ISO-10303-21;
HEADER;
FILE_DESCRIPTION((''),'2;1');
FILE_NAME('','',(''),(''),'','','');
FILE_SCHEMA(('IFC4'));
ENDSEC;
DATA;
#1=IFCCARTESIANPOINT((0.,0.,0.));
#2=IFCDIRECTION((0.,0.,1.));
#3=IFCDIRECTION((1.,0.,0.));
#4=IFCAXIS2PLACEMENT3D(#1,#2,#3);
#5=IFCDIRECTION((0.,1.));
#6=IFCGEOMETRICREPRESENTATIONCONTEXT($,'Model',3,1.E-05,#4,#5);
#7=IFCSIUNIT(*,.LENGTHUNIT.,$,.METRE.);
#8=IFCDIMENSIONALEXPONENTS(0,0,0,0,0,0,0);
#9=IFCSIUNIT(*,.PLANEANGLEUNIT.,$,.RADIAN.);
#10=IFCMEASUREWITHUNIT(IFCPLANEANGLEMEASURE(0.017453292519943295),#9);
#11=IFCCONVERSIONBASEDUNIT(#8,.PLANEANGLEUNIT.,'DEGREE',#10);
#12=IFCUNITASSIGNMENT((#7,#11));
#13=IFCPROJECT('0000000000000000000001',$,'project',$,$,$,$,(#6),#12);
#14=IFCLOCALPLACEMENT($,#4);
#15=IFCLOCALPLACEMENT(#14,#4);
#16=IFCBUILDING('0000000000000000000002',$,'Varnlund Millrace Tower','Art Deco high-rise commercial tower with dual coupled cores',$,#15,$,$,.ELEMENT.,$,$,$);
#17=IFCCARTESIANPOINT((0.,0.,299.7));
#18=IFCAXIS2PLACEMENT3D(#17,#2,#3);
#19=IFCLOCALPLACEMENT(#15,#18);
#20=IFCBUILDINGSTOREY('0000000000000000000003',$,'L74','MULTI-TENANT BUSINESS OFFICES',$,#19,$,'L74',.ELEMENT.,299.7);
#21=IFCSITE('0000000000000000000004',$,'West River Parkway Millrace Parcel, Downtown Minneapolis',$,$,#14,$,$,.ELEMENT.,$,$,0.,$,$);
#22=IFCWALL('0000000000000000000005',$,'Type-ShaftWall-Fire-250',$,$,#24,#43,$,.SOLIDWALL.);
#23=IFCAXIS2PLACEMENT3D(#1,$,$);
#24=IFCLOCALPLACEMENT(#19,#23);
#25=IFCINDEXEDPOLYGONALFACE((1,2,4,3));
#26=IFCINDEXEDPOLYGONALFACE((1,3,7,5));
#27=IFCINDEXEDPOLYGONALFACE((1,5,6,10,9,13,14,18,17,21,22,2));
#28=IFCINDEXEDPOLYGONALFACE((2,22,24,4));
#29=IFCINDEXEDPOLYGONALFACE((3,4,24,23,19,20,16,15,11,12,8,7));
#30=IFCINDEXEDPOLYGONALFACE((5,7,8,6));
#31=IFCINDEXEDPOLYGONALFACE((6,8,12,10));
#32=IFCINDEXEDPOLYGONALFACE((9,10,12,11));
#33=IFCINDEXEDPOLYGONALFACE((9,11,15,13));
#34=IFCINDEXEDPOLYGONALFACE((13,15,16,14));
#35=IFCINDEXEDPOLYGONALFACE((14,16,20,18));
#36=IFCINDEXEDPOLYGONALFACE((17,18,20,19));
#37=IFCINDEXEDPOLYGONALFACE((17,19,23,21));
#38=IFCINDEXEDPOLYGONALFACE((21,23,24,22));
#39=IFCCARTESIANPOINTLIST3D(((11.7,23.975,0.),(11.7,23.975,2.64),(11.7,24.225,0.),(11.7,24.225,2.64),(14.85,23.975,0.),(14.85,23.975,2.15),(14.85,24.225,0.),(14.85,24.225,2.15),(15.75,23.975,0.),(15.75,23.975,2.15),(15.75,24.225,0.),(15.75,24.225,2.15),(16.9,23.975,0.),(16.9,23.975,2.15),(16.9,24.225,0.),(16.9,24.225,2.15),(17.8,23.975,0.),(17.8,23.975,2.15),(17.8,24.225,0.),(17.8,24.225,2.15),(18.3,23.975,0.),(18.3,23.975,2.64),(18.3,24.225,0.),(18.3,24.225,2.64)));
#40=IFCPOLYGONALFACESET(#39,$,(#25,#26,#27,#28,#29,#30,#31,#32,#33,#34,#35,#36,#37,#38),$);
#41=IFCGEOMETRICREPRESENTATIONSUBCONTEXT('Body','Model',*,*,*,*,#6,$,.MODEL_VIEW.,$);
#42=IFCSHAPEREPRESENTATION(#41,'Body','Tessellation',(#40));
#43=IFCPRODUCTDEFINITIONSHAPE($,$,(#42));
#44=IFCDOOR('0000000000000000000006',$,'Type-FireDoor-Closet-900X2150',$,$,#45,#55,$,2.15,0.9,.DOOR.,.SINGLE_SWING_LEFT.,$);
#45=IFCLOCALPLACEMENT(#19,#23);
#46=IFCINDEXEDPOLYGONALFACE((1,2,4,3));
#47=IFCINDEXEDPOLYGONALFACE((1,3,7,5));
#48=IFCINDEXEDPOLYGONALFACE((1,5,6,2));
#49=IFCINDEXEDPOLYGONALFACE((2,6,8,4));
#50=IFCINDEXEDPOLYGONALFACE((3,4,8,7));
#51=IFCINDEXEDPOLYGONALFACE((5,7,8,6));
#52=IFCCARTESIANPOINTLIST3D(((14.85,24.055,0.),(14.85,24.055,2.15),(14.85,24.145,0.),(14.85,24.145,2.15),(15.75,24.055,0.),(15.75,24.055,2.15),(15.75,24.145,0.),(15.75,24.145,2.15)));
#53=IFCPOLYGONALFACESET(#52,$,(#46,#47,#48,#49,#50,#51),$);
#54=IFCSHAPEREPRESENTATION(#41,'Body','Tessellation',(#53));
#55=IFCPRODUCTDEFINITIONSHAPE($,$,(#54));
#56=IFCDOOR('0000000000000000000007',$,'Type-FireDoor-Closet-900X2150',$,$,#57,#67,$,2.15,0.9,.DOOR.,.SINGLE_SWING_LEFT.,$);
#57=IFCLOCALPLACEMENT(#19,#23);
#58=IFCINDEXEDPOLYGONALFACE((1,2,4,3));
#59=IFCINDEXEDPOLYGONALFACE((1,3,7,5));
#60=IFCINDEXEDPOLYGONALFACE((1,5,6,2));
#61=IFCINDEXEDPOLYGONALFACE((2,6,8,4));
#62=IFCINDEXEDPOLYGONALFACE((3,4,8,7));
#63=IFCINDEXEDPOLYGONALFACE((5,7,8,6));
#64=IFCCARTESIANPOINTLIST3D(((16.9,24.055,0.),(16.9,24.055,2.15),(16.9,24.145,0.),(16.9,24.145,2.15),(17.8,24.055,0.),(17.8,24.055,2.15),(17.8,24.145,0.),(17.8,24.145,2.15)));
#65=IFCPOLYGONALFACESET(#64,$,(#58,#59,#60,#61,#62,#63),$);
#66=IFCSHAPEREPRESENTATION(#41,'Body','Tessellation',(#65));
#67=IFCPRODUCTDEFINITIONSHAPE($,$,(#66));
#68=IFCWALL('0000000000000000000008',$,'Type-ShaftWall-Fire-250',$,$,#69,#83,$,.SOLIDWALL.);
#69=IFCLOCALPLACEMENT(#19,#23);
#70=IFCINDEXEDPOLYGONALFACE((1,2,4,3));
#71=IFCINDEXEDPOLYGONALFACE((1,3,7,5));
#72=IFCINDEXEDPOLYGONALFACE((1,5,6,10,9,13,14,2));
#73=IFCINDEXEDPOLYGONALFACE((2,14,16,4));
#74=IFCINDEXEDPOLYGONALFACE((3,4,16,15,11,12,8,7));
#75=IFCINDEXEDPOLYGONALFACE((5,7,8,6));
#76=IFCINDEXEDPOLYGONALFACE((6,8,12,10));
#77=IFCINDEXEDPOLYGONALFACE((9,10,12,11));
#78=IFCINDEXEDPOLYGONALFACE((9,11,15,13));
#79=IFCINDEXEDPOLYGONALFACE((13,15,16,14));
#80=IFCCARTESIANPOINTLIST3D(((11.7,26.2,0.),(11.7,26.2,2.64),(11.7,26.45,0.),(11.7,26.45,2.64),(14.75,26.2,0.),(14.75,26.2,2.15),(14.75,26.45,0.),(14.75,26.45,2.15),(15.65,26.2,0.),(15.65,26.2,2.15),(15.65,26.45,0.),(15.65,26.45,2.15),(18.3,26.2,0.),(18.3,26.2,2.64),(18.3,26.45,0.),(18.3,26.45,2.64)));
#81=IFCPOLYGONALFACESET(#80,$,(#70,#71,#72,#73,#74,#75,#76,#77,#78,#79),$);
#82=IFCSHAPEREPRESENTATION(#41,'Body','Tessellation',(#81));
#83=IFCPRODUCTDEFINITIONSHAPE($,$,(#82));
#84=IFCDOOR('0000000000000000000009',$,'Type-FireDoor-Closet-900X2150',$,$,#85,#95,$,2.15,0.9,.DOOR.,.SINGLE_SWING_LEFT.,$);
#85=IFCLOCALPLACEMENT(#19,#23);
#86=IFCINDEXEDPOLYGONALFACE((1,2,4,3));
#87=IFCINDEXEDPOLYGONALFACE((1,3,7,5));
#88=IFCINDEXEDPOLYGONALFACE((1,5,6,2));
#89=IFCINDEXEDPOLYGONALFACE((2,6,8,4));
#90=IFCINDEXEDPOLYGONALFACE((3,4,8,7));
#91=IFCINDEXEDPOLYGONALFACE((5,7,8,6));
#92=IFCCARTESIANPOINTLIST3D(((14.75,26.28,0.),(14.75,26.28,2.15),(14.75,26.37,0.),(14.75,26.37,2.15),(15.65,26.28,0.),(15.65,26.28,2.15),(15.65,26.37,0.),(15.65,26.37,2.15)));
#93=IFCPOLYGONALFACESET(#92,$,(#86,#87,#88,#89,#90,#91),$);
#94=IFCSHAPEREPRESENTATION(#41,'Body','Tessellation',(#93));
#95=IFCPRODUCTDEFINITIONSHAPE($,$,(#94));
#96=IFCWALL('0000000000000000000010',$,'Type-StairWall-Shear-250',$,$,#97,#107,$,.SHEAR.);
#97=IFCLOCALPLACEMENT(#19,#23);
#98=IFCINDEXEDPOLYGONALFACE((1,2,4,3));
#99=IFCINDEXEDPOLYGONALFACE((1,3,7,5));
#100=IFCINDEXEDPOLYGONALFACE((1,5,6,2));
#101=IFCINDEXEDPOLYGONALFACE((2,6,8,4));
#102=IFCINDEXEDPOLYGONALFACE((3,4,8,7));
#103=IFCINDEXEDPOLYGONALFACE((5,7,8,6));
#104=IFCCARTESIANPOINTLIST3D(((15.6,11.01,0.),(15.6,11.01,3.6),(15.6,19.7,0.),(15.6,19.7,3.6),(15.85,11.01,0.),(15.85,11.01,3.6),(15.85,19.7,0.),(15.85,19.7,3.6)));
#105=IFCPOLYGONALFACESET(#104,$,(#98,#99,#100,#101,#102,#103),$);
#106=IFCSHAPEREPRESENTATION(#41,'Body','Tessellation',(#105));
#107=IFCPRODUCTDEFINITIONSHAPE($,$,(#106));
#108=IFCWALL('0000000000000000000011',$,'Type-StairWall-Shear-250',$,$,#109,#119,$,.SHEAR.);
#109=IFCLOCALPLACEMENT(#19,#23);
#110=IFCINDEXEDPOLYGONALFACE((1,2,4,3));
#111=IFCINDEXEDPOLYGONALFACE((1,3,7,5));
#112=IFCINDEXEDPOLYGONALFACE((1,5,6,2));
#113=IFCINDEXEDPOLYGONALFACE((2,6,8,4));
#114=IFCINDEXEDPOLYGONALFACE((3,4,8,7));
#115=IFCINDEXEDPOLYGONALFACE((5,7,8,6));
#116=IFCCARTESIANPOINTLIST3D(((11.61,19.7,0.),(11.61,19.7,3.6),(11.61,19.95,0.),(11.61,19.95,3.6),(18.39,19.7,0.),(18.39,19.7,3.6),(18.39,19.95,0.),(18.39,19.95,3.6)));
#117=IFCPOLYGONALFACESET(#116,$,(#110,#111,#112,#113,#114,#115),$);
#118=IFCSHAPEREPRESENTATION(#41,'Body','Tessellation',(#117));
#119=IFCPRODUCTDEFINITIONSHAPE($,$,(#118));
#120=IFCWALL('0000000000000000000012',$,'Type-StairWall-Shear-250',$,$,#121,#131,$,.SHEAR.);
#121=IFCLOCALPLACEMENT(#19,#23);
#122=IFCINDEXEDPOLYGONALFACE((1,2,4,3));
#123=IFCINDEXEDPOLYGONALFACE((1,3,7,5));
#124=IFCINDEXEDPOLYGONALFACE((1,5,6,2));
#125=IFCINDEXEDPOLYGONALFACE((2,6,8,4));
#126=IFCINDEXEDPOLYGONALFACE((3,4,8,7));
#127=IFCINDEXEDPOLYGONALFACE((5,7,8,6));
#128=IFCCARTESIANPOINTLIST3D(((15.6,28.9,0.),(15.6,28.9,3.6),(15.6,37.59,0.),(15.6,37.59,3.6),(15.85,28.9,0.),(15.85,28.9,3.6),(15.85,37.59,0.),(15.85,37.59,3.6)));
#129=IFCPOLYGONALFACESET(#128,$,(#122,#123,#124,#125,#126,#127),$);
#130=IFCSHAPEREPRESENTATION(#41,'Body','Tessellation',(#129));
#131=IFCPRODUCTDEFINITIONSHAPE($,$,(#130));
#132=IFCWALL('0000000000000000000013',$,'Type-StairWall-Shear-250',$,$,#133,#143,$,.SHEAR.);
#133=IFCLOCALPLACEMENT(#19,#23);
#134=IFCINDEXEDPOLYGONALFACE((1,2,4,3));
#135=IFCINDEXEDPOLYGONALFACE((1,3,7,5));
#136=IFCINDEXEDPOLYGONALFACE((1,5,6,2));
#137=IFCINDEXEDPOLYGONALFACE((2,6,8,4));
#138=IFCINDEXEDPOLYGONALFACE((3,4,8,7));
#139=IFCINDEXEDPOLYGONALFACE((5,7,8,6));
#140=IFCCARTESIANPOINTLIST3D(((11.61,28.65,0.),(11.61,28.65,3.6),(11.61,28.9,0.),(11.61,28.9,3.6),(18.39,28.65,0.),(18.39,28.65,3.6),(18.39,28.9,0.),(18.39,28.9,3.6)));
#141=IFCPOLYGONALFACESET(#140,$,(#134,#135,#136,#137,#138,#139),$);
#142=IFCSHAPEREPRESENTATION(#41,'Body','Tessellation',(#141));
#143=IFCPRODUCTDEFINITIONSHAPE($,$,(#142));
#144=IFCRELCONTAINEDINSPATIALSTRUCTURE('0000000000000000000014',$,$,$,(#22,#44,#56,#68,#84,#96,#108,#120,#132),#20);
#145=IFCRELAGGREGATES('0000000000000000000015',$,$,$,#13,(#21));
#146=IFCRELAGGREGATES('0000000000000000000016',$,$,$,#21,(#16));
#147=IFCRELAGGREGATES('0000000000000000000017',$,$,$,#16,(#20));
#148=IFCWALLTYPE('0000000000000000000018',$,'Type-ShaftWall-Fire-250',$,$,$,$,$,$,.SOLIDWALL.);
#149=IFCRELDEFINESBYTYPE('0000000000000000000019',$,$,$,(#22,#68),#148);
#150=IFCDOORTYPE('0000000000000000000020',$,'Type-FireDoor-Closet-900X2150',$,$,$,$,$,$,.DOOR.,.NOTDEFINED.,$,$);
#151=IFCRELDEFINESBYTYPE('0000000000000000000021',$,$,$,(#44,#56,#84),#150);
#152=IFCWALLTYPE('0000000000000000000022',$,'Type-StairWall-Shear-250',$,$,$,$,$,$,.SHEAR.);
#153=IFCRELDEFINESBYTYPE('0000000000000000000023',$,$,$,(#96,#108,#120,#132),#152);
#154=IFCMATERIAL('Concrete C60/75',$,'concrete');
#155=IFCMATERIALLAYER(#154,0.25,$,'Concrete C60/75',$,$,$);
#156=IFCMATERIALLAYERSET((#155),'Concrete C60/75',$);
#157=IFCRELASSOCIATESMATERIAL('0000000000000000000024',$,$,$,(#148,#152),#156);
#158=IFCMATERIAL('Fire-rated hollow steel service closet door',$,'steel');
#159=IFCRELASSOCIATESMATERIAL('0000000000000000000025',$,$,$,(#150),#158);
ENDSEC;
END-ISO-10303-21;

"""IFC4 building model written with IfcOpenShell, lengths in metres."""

from ifc_helpers import new_model, entity, si_unit, converted_unit, direction, frame, origin_with_axes, origin_2d_with_axis, place, context, subcontext, project, spatial, polyline, rectangle, outline, extrude, material, layer, layer_set, type_object, element, fill, save


model = new_model("IFC4")

# Units and contexts
model_context = context("Model", 3, precision=1e-05, world=origin_with_axes(), true_north=direction((0.0, 1.0)))
body_context = subcontext(model_context, "Body", "Model", "MODEL_VIEW")
ifc_project = project(units=[si_unit("LENGTHUNIT", "METRE"), converted_unit("PLANEANGLEUNIT", "DEGREE", entity("IfcPlaneAngleMeasure", 0.017453292519943295), si_unit("PLANEANGLEUNIT", "RADIAN"), dimensions=[0, 0, 0, 0, 0, 0, 0])], contexts=[model_context])

# Site, building, storey
site_placement = place(None, origin_with_axes())
site = spatial("IfcSite", under=ifc_project, at=site_placement, Name="West River Parkway Millrace Parcel, Downtown Minneapolis", CompositionType="ELEMENT", RefElevation=0.0)
building_placement = place(site_placement, origin_with_axes())
building = spatial("IfcBuilding", under=site, at=building_placement, Name="Varnlund Millrace Tower", Description="Art Deco high-rise commercial tower with dual coupled cores", CompositionType="ELEMENT")
storey_placement = place(building_placement, frame((0.0, 0.0, 299.7), z_axis=(0.0, 0.0, 1.0), x_axis=(1.0, 0.0, 0.0)))
storey = spatial("IfcBuildingStorey", under=building, at=storey_placement, Name="L74", Description="MULTI-TENANT BUSINESS OFFICES", LongName="L74", CompositionType="ELEMENT", Elevation=299.7)

# Wall, openings, doors
ifc_material_1 = material(Name="Concrete C60/75", Category="concrete")
ifc_layer_1 = layer(ifc_material_1, 0.25, Name="Concrete C60/75")
ifc_layer_set_1 = layer_set([ifc_layer_1], Name="Concrete C60/75")
wall_type_1 = type_object("IfcWallType", Name="Type-ShaftWall-Fire-250", PredefinedType="SOLIDWALL", material=ifc_layer_set_1)
wall_1_placement = place(storey_placement, frame((11.7, 24.1, 0.0), z_axis=(0.0, 0.0, 1.0), x_axis=(1.0, 0.0, 0.0)))
wall_1 = element("IfcWall", 1, at=wall_1_placement, inside=storey, type_object=wall_type_1, Name="Type-ShaftWall-Fire-250", PredefinedType="SOLIDWALL", context=body_context, shape_type="SweptSolid", body=[
    extrude(outline(polyline([(0.0, -0.125), (6.6, -0.125), (6.6, 0.125), (0.0, 0.125), (0.0, -0.125)])), origin_with_axes(), (0.0, 0.0, 1.0), 2.64),
])
opening_1_placement = place(wall_1_placement, frame((3.6, 0.0, 0.0), z_axis=(0.0, 0.0, 1.0), x_axis=(1.0, 0.0, 0.0)))
opening_1 = element("IfcOpeningElement", 2, at=opening_1_placement, cuts=wall_1, PredefinedType="OPENING", context=body_context, shape_type="SweptSolid", body=[
    extrude(rectangle(XDim=0.9, YDim=0.27, at=origin_2d_with_axis()), origin_with_axes(), (0.0, 0.0, 1.0), 2.15),
])
opening_2_placement = place(wall_1_placement, frame((5.65, 0.0, 0.0), z_axis=(0.0, 0.0, 1.0), x_axis=(1.0, 0.0, 0.0)))
opening_2 = element("IfcOpeningElement", 3, at=opening_2_placement, cuts=wall_1, PredefinedType="OPENING", context=body_context, shape_type="SweptSolid", body=[
    extrude(rectangle(XDim=0.9, YDim=0.27, at=origin_2d_with_axis()), origin_with_axes(), (0.0, 0.0, 1.0), 2.15),
])
ifc_material_2 = material(Name="Fire-rated hollow steel service closet door", Category="steel")
door_type_1 = type_object("IfcDoorType", Name="Type-FireDoor-Closet-900X2150", OperationType="NOTDEFINED", PredefinedType="DOOR", material=ifc_material_2)
door_1_placement = place(wall_1_placement, frame((3.6, 0.0, 0.0), z_axis=(0.0, 0.0, 1.0), x_axis=(1.0, 0.0, 0.0)))
door_1 = element("IfcDoor", 4, at=door_1_placement, inside=storey, type_object=door_type_1, Name="Type-FireDoor-Closet-900X2150", OperationType="SINGLE_SWING_LEFT", OverallHeight=2.15, OverallWidth=0.9, PredefinedType="DOOR", context=body_context, shape_type="SweptSolid", body=[
    extrude(rectangle(XDim=0.9, YDim=0.09, at=origin_2d_with_axis()), origin_with_axes(), (0.0, 0.0, 1.0), 2.15),
])
fill(opening_1, door_1)
door_2_placement = place(wall_1_placement, frame((5.65, 0.0, 0.0), z_axis=(0.0, 0.0, 1.0), x_axis=(1.0, 0.0, 0.0)))
door_2 = element("IfcDoor", 5, at=door_2_placement, inside=storey, type_object=door_type_1, Name="Type-FireDoor-Closet-900X2150", OperationType="SINGLE_SWING_LEFT", OverallHeight=2.15, OverallWidth=0.9, PredefinedType="DOOR", context=body_context, shape_type="SweptSolid", body=[
    extrude(rectangle(XDim=0.9, YDim=0.09, at=origin_2d_with_axis()), origin_with_axes(), (0.0, 0.0, 1.0), 2.15),
])
fill(opening_2, door_2)

# Wall, opening, door
wall_2_placement = place(storey_placement, frame((11.7, 26.325, 0.0), z_axis=(0.0, 0.0, 1.0), x_axis=(1.0, 0.0, 0.0)))
wall_2 = element("IfcWall", 6, at=wall_2_placement, inside=storey, type_object=wall_type_1, Name="Type-ShaftWall-Fire-250", PredefinedType="SOLIDWALL", context=body_context, shape_type="SweptSolid", body=[
    extrude(outline(polyline([(0.0, -0.125), (6.6, -0.125), (6.6, 0.125), (0.0, 0.125), (0.0, -0.125)])), origin_with_axes(), (0.0, 0.0, 1.0), 2.64),
])
opening_3_placement = place(wall_2_placement, frame((3.5, 0.0, 0.0), z_axis=(0.0, 0.0, 1.0), x_axis=(1.0, 0.0, 0.0)))
opening_3 = element("IfcOpeningElement", 7, at=opening_3_placement, cuts=wall_2, PredefinedType="OPENING", context=body_context, shape_type="SweptSolid", body=[
    extrude(rectangle(XDim=0.9, YDim=0.27, at=origin_2d_with_axis()), origin_with_axes(), (0.0, 0.0, 1.0), 2.15),
])
door_3_placement = place(wall_2_placement, frame((3.5, 0.0, 0.0), z_axis=(0.0, 0.0, 1.0), x_axis=(1.0, 0.0, 0.0)))
door_3 = element("IfcDoor", 8, at=door_3_placement, inside=storey, type_object=door_type_1, Name="Type-FireDoor-Closet-900X2150", OperationType="SINGLE_SWING_LEFT", OverallHeight=2.15, OverallWidth=0.9, PredefinedType="DOOR", context=body_context, shape_type="SweptSolid", body=[
    extrude(rectangle(XDim=0.9, YDim=0.09, at=origin_2d_with_axis()), origin_with_axes(), (0.0, 0.0, 1.0), 2.15),
])
fill(opening_3, door_3)

# Walls
wall_type_2 = type_object("IfcWallType", Name="Type-StairWall-Shear-250", PredefinedType="SHEAR", material=ifc_layer_set_1)
wall_3_placement = place(storey_placement, frame((15.725, 11.01, 0.0), z_axis=(0.0, 0.0, 1.0), x_axis=(0.0, 1.0, 0.0)))
element("IfcWall", 9, at=wall_3_placement, inside=storey, type_object=wall_type_2, Name="Type-StairWall-Shear-250", PredefinedType="SHEAR", context=body_context, shape_type="SweptSolid", body=[
    extrude(outline(polyline([(0.0, -0.125), (8.69, -0.125), (8.69, 0.125), (0.0, 0.125), (0.0, -0.125)])), origin_with_axes(), (0.0, 0.0, 1.0), 3.6),
])
wall_4_placement = place(storey_placement, frame((11.61, 19.825, 0.0), z_axis=(0.0, 0.0, 1.0), x_axis=(1.0, 0.0, 0.0)))
element("IfcWall", 10, at=wall_4_placement, inside=storey, type_object=wall_type_2, Name="Type-StairWall-Shear-250", PredefinedType="SHEAR", context=body_context, shape_type="SweptSolid", body=[
    extrude(outline(polyline([(0.0, -0.125), (6.78, -0.125), (6.78, 0.125), (0.0, 0.125), (0.0, -0.125)])), origin_with_axes(), (0.0, 0.0, 1.0), 3.6),
])
wall_5_placement = place(storey_placement, frame((15.725, 28.9, 0.0), z_axis=(0.0, 0.0, 1.0), x_axis=(0.0, 1.0, 0.0)))
element("IfcWall", 11, at=wall_5_placement, inside=storey, type_object=wall_type_2, Name="Type-StairWall-Shear-250", PredefinedType="SHEAR", context=body_context, shape_type="SweptSolid", body=[
    extrude(outline(polyline([(0.0, -0.125), (8.69, -0.125), (8.69, 0.125), (0.0, 0.125), (0.0, -0.125)])), origin_with_axes(), (0.0, 0.0, 1.0), 3.6),
])
wall_6_placement = place(storey_placement, frame((11.61, 28.775, 0.0), z_axis=(0.0, 0.0, 1.0), x_axis=(1.0, 0.0, 0.0)))
element("IfcWall", 12, at=wall_6_placement, inside=storey, type_object=wall_type_2, Name="Type-StairWall-Shear-250", PredefinedType="SHEAR", context=body_context, shape_type="SweptSolid", body=[
    extrude(outline(polyline([(0.0, -0.125), (6.78, -0.125), (6.78, 0.125), (0.0, 0.125), (0.0, -0.125)])), origin_with_axes(), (0.0, 0.0, 1.0), 3.6),
])

save(model, "model.ifc")
